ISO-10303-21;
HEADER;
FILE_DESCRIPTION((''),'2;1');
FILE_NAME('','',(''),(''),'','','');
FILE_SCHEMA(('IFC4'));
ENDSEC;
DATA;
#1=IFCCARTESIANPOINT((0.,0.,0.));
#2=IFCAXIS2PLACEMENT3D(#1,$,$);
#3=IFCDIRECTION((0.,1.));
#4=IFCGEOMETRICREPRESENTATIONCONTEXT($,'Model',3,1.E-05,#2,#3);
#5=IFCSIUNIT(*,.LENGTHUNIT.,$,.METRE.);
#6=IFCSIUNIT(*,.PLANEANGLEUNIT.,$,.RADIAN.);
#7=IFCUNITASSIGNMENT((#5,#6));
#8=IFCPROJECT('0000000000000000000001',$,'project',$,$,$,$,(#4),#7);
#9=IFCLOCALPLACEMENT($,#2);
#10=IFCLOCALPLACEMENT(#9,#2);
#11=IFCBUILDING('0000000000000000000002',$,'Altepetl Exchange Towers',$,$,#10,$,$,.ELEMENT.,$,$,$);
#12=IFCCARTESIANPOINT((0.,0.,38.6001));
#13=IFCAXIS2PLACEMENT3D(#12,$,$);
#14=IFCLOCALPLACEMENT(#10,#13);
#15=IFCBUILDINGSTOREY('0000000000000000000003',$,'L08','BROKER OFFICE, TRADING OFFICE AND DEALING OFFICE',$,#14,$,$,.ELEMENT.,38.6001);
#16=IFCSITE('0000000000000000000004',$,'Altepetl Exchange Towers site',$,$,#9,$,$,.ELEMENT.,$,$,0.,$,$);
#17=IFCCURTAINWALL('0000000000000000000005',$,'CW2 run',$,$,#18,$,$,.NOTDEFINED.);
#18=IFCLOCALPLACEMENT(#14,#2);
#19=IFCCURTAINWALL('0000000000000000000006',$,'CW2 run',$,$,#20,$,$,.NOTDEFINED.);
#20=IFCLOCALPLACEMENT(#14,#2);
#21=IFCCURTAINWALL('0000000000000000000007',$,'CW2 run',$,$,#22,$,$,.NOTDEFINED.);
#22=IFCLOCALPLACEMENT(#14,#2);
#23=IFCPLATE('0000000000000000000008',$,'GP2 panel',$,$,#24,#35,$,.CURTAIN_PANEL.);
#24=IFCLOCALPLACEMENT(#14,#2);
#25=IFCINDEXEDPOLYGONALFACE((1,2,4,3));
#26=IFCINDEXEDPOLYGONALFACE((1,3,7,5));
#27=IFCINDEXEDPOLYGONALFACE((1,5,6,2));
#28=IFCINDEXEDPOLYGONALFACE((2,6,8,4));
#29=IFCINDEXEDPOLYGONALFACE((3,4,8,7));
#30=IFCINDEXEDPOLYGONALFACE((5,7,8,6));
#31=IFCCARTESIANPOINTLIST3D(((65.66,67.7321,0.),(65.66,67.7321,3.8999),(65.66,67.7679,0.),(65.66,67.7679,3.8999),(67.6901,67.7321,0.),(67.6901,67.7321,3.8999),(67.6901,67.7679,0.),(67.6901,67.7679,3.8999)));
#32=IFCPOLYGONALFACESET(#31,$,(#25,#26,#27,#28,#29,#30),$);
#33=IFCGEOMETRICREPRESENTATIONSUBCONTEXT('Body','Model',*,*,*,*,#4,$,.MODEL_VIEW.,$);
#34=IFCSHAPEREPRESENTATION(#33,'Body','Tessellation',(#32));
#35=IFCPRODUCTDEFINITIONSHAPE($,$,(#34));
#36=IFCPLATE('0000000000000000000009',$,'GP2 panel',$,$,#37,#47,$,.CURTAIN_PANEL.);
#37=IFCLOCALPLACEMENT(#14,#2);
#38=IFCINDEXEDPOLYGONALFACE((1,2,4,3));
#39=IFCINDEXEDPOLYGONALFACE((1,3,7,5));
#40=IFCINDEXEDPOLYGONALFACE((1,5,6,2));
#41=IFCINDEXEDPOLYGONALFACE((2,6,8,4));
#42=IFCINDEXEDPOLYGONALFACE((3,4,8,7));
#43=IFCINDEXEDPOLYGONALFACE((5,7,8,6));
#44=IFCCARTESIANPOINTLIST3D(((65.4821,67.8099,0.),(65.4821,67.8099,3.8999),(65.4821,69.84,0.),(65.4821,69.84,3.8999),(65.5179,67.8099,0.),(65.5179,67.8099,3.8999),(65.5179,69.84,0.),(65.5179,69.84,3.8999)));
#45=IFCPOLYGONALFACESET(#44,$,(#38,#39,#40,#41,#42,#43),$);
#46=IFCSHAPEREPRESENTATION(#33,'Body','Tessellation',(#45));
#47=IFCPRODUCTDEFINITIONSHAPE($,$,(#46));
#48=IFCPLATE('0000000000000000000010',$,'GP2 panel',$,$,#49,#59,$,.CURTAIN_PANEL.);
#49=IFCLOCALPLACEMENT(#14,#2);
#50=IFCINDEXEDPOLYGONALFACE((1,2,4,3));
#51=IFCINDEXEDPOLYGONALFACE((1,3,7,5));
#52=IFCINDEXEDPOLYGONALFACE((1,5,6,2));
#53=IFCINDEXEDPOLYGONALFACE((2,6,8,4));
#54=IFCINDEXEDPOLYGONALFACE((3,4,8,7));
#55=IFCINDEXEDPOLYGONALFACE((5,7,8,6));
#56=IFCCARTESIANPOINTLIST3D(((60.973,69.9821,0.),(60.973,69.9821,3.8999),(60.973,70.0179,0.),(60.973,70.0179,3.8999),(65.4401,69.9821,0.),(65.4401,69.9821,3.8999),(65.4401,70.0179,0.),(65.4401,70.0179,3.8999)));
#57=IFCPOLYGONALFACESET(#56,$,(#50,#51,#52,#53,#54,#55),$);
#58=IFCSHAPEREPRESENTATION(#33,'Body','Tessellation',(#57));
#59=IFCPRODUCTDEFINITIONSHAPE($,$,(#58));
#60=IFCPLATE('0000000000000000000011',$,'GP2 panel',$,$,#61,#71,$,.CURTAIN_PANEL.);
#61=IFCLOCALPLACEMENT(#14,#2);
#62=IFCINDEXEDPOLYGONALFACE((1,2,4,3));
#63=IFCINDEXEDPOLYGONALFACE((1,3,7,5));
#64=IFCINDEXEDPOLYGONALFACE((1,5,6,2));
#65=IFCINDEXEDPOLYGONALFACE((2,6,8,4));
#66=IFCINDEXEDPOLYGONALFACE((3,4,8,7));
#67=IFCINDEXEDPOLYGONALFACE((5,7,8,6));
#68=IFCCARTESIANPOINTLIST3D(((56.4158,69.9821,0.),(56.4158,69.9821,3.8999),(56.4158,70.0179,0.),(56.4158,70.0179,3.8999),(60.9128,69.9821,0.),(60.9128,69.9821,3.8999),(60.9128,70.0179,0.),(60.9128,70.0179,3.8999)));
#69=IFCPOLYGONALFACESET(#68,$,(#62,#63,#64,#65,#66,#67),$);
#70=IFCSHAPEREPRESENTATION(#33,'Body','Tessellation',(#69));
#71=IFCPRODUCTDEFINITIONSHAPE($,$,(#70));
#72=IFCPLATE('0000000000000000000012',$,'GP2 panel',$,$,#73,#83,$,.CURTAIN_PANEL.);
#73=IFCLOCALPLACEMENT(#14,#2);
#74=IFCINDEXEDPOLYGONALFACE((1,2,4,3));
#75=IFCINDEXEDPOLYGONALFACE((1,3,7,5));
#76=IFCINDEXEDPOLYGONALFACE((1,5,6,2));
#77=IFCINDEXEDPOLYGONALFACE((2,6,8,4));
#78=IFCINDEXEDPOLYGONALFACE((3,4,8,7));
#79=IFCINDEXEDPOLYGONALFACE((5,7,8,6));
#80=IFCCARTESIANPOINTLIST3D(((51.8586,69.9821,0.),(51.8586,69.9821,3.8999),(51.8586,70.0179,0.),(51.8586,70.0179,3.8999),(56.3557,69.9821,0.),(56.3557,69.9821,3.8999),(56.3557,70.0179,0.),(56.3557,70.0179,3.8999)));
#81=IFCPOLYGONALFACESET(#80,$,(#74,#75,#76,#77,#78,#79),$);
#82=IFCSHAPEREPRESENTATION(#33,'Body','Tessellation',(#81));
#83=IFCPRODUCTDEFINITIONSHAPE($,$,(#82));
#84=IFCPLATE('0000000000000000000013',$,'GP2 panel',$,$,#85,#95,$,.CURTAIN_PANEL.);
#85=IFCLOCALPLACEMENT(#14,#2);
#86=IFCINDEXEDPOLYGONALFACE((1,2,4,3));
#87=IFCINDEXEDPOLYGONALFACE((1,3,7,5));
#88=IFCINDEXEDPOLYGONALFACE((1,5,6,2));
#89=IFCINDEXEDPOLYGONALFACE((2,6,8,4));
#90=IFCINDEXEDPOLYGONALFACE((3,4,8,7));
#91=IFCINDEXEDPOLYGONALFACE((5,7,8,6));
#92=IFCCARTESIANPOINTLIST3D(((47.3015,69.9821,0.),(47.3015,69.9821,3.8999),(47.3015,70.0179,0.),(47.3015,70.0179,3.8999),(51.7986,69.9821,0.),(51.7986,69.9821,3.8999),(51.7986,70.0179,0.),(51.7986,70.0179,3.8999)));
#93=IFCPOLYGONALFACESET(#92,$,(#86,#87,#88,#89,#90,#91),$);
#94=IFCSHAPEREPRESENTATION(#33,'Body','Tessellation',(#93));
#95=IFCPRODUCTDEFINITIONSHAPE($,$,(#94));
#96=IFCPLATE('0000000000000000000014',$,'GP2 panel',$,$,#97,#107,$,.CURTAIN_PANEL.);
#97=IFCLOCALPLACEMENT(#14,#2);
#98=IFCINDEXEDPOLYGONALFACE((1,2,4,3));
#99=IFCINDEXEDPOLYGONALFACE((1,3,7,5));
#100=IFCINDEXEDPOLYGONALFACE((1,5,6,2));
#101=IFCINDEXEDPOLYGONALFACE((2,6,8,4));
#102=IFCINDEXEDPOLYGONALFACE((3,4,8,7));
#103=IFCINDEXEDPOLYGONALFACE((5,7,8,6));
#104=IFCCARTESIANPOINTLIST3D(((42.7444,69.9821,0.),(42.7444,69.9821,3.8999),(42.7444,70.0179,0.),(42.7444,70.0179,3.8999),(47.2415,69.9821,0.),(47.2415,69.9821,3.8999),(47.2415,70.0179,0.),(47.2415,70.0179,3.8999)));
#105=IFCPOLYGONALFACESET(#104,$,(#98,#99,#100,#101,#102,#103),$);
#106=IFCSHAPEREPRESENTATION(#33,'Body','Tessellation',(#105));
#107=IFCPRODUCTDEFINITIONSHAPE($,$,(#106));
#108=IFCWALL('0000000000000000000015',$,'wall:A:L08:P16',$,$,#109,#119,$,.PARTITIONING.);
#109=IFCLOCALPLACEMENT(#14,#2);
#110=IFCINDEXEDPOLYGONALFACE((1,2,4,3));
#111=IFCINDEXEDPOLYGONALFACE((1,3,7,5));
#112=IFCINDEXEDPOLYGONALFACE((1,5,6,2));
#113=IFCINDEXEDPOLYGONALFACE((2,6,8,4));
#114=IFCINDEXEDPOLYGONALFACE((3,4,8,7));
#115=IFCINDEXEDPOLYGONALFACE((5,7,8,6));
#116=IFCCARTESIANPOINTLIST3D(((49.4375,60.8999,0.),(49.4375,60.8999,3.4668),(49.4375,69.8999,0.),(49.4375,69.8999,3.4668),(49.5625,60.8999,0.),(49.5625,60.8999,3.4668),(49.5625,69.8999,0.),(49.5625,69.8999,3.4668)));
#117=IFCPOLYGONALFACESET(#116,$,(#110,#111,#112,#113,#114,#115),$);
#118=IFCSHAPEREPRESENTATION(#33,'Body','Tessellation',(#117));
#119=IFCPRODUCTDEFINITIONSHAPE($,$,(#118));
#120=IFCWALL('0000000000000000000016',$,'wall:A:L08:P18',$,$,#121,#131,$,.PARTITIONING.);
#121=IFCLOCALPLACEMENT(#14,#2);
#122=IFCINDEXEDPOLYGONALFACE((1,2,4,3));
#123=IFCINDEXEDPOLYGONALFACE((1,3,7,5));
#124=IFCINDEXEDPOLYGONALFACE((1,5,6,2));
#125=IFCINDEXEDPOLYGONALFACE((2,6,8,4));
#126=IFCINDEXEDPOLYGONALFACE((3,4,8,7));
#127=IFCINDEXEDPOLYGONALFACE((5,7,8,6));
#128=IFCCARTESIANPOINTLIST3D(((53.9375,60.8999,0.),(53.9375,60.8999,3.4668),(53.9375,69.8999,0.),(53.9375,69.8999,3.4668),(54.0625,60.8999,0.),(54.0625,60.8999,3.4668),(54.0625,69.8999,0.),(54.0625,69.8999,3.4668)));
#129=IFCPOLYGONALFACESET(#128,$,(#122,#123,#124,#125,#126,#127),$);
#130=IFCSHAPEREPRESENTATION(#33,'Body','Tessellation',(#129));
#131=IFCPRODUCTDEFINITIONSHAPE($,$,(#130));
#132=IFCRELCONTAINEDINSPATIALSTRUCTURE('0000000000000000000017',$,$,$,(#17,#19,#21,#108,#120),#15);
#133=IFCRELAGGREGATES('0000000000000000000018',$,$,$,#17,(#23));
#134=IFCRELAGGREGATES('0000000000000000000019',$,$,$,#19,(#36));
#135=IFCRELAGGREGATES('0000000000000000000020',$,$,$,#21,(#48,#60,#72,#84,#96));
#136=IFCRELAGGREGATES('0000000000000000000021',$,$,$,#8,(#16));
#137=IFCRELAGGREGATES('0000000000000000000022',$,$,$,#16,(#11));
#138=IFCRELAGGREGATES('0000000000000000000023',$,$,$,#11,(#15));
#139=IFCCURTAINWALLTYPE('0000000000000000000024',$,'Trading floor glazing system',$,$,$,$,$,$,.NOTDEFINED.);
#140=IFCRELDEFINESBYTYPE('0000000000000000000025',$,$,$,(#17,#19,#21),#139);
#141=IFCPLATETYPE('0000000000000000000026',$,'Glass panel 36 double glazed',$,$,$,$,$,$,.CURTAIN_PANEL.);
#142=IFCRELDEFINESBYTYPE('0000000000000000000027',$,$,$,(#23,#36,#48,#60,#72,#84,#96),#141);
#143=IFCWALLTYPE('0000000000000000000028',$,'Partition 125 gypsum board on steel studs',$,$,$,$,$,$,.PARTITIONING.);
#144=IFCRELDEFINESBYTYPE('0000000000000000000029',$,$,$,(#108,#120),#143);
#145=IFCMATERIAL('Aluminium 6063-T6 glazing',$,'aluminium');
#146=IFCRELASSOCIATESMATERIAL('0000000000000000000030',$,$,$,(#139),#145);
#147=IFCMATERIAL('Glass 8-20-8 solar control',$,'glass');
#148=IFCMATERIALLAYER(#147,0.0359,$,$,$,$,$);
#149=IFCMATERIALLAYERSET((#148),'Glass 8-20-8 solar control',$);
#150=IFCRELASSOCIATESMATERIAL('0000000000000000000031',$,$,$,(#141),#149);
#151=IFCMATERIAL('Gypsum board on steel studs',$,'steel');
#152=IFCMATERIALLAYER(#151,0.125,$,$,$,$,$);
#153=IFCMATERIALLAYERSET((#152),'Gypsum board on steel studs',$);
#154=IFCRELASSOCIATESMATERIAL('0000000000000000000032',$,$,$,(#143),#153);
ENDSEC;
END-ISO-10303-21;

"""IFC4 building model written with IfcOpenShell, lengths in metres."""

from ifc_helpers import new_model, si_unit, direction, frame, frame_2d, origin, origin_2d, place, context, subcontext, project, spatial, rectangle, extrude, material, layer, layer_set, type_object, element, aggregate, save


model = new_model("IFC4")

# Units and contexts
model_context = context("Model", 3, precision=1e-05, world=origin(), true_north=direction((0.0, 1.0)))
body_context = subcontext(model_context, "Body", "Model", "MODEL_VIEW")
ifc_project = project(units=[si_unit("LENGTHUNIT", "METRE"), si_unit("PLANEANGLEUNIT", "RADIAN")], contexts=[model_context])

# Site, building, storey
site_placement = place(None, origin())
site = spatial("IfcSite", under=ifc_project, at=site_placement, Name="Altepetl Exchange Towers site", CompositionType="ELEMENT", RefElevation=0.0)
building_placement = place(site_placement, origin())
building = spatial("IfcBuilding", under=site, at=building_placement, Name="Altepetl Exchange Towers", CompositionType="ELEMENT")
storey_placement = place(building_placement, frame((0.0, 0.0, 38.6001)))
storey = spatial("IfcBuildingStorey", under=building, at=storey_placement, Name="L08", Description="BROKER OFFICE, TRADING OFFICE AND DEALING OFFICE", CompositionType="ELEMENT", Elevation=38.6001)

# Curtain walls
ifc_material_1 = material(Name="Aluminium 6063-T6 glazing", Category="aluminium")
curtain_wall_type = type_object("IfcCurtainWallType", Name="Trading floor glazing system", PredefinedType="NOTDEFINED", material=ifc_material_1)
curtain_wall_1_placement = place(storey_placement, origin())
curtain_wall_1 = element("IfcCurtainWall", 1, at=curtain_wall_1_placement, inside=storey, type_object=curtain_wall_type, Name="CW2 run", PredefinedType="NOTDEFINED")
curtain_wall_2_placement = place(storey_placement, origin())
curtain_wall_2 = element("IfcCurtainWall", 2, at=curtain_wall_2_placement, inside=storey, type_object=curtain_wall_type, Name="CW2 run", PredefinedType="NOTDEFINED")
curtain_wall_3_placement = place(storey_placement, origin())
curtain_wall_3 = element("IfcCurtainWall", 3, at=curtain_wall_3_placement, inside=storey, type_object=curtain_wall_type, Name="CW2 run", PredefinedType="NOTDEFINED")

# Plates
ifc_material_2 = material(Name="Glass 8-20-8 solar control", Category="glass")
ifc_layer_1 = layer(ifc_material_2, 0.0359)
ifc_layer_set_1 = layer_set([ifc_layer_1], Name="Glass 8-20-8 solar control")
plate_type = type_object("IfcPlateType", Name="Glass panel 36 double glazed", PredefinedType="CURTAIN_PANEL", material=ifc_layer_set_1)
plate_1_placement = place(storey_placement, frame((66.675, 67.75, 0.0), z_axis=(0.0, 0.0, 1.0), x_axis=(-1.0, 0.0, 0.0)))
plate_1 = element("IfcPlate", 4, at=plate_1_placement, type_object=plate_type, Name="GP2 panel", PredefinedType="CURTAIN_PANEL", context=body_context, shape_type="SweptSolid", body=[
    extrude(rectangle(XDim=2.03, YDim=0.0359, at=origin_2d()), origin(), (0.0, 0.0, 1.0), 3.8999),
])
aggregate(curtain_wall_1, [plate_1])
plate_2_placement = place(storey_placement, frame((65.5, 68.825, 0.0), z_axis=(0.0, 0.0, 1.0), x_axis=(0.0, 1.0, 0.0)))
plate_2 = element("IfcPlate", 5, at=plate_2_placement, type_object=plate_type, Name="GP2 panel", PredefinedType="CURTAIN_PANEL", context=body_context, shape_type="SweptSolid", body=[
    extrude(rectangle(XDim=2.03, YDim=0.0359, at=origin_2d()), origin(), (0.0, 0.0, 1.0), 3.8999),
])
aggregate(curtain_wall_2, [plate_2])
plate_3_placement = place(storey_placement, frame((63.2065, 70.0, 0.0), z_axis=(0.0, 0.0, 1.0), x_axis=(-1.0, 0.0, 0.0)))
plate_3 = element("IfcPlate", 6, at=plate_3_placement, type_object=plate_type, Name="GP2 panel", PredefinedType="CURTAIN_PANEL", context=body_context, shape_type="SweptSolid", body=[
    extrude(rectangle(XDim=4.467, YDim=0.0359, at=origin_2d()), origin(), (0.0, 0.0, 1.0), 3.8999),
])
plate_4_placement = place(storey_placement, frame((58.6643, 70.0, 0.0), z_axis=(0.0, 0.0, 1.0), x_axis=(-1.0, 0.0, 0.0)))
plate_4 = element("IfcPlate", 7, at=plate_4_placement, type_object=plate_type, Name="GP2 panel", PredefinedType="CURTAIN_PANEL", context=body_context, shape_type="SweptSolid", body=[
    extrude(rectangle(XDim=4.4971, YDim=0.0359, at=origin_2d()), origin(), (0.0, 0.0, 1.0), 3.8999),
])
plate_5_placement = place(storey_placement, frame((54.1072, 70.0, 0.0), z_axis=(0.0, 0.0, 1.0), x_axis=(-1.0, 0.0, 0.0)))
plate_5 = element("IfcPlate", 8, at=plate_5_placement, type_object=plate_type, Name="GP2 panel", PredefinedType="CURTAIN_PANEL", context=body_context, shape_type="SweptSolid", body=[
    extrude(rectangle(XDim=4.4971, YDim=0.0359, at=origin_2d()), origin(), (0.0, 0.0, 1.0), 3.8999),
])
plate_6_placement = place(storey_placement, frame((49.55, 70.0, 0.0), z_axis=(0.0, 0.0, 1.0), x_axis=(-1.0, 0.0, 0.0)))
plate_6 = element("IfcPlate", 9, at=plate_6_placement, type_object=plate_type, Name="GP2 panel", PredefinedType="CURTAIN_PANEL", context=body_context, shape_type="SweptSolid", body=[
    extrude(rectangle(XDim=4.4971, YDim=0.0359, at=origin_2d()), origin(), (0.0, 0.0, 1.0), 3.8999),
])
plate_7_placement = place(storey_placement, frame((44.9929, 70.0, 0.0), z_axis=(0.0, 0.0, 1.0), x_axis=(-1.0, 0.0, 0.0)))
plate_7 = element("IfcPlate", 10, at=plate_7_placement, type_object=plate_type, Name="GP2 panel", PredefinedType="CURTAIN_PANEL", context=body_context, shape_type="SweptSolid", body=[
    extrude(rectangle(XDim=4.4971, YDim=0.0359, at=origin_2d()), origin(), (0.0, 0.0, 1.0), 3.8999),
])
aggregate(curtain_wall_3, [plate_3, plate_4, plate_5, plate_6, plate_7])

# Walls
ifc_material_3 = material(Name="Gypsum board on steel studs", Category="steel")
ifc_layer_2 = layer(ifc_material_3, 0.125)
ifc_layer_set_2 = layer_set([ifc_layer_2], Name="Gypsum board on steel studs")
wall_type = type_object("IfcWallType", Name="Partition 125 gypsum board on steel studs", PredefinedType="PARTITIONING", material=ifc_layer_set_2)
for number, where, z_axis, x_axis, name in (
    (11, (49.5, 60.8999, 0.0), (0.0, 0.0, 1.0), (0.0, 1.0, 0.0), "wall:A:L08:P16"),
    (12, (54.0, 60.8999, 0.0), (0.0, 0.0, 1.0), (0.0, 1.0, 0.0), "wall:A:L08:P18"),
):
    element("IfcWall", number, at=place(storey_placement, frame(where, z_axis=z_axis, x_axis=x_axis)), inside=storey, type_object=wall_type, Name=name, PredefinedType="PARTITIONING", context=body_context, shape_type="SweptSolid", body=[
        extrude(rectangle(XDim=9.0, YDim=0.125, at=frame_2d((4.5, 0.0))), origin(), (0.0, 0.0, 1.0), 3.4668),
    ])

save(model, "model.ifc")
